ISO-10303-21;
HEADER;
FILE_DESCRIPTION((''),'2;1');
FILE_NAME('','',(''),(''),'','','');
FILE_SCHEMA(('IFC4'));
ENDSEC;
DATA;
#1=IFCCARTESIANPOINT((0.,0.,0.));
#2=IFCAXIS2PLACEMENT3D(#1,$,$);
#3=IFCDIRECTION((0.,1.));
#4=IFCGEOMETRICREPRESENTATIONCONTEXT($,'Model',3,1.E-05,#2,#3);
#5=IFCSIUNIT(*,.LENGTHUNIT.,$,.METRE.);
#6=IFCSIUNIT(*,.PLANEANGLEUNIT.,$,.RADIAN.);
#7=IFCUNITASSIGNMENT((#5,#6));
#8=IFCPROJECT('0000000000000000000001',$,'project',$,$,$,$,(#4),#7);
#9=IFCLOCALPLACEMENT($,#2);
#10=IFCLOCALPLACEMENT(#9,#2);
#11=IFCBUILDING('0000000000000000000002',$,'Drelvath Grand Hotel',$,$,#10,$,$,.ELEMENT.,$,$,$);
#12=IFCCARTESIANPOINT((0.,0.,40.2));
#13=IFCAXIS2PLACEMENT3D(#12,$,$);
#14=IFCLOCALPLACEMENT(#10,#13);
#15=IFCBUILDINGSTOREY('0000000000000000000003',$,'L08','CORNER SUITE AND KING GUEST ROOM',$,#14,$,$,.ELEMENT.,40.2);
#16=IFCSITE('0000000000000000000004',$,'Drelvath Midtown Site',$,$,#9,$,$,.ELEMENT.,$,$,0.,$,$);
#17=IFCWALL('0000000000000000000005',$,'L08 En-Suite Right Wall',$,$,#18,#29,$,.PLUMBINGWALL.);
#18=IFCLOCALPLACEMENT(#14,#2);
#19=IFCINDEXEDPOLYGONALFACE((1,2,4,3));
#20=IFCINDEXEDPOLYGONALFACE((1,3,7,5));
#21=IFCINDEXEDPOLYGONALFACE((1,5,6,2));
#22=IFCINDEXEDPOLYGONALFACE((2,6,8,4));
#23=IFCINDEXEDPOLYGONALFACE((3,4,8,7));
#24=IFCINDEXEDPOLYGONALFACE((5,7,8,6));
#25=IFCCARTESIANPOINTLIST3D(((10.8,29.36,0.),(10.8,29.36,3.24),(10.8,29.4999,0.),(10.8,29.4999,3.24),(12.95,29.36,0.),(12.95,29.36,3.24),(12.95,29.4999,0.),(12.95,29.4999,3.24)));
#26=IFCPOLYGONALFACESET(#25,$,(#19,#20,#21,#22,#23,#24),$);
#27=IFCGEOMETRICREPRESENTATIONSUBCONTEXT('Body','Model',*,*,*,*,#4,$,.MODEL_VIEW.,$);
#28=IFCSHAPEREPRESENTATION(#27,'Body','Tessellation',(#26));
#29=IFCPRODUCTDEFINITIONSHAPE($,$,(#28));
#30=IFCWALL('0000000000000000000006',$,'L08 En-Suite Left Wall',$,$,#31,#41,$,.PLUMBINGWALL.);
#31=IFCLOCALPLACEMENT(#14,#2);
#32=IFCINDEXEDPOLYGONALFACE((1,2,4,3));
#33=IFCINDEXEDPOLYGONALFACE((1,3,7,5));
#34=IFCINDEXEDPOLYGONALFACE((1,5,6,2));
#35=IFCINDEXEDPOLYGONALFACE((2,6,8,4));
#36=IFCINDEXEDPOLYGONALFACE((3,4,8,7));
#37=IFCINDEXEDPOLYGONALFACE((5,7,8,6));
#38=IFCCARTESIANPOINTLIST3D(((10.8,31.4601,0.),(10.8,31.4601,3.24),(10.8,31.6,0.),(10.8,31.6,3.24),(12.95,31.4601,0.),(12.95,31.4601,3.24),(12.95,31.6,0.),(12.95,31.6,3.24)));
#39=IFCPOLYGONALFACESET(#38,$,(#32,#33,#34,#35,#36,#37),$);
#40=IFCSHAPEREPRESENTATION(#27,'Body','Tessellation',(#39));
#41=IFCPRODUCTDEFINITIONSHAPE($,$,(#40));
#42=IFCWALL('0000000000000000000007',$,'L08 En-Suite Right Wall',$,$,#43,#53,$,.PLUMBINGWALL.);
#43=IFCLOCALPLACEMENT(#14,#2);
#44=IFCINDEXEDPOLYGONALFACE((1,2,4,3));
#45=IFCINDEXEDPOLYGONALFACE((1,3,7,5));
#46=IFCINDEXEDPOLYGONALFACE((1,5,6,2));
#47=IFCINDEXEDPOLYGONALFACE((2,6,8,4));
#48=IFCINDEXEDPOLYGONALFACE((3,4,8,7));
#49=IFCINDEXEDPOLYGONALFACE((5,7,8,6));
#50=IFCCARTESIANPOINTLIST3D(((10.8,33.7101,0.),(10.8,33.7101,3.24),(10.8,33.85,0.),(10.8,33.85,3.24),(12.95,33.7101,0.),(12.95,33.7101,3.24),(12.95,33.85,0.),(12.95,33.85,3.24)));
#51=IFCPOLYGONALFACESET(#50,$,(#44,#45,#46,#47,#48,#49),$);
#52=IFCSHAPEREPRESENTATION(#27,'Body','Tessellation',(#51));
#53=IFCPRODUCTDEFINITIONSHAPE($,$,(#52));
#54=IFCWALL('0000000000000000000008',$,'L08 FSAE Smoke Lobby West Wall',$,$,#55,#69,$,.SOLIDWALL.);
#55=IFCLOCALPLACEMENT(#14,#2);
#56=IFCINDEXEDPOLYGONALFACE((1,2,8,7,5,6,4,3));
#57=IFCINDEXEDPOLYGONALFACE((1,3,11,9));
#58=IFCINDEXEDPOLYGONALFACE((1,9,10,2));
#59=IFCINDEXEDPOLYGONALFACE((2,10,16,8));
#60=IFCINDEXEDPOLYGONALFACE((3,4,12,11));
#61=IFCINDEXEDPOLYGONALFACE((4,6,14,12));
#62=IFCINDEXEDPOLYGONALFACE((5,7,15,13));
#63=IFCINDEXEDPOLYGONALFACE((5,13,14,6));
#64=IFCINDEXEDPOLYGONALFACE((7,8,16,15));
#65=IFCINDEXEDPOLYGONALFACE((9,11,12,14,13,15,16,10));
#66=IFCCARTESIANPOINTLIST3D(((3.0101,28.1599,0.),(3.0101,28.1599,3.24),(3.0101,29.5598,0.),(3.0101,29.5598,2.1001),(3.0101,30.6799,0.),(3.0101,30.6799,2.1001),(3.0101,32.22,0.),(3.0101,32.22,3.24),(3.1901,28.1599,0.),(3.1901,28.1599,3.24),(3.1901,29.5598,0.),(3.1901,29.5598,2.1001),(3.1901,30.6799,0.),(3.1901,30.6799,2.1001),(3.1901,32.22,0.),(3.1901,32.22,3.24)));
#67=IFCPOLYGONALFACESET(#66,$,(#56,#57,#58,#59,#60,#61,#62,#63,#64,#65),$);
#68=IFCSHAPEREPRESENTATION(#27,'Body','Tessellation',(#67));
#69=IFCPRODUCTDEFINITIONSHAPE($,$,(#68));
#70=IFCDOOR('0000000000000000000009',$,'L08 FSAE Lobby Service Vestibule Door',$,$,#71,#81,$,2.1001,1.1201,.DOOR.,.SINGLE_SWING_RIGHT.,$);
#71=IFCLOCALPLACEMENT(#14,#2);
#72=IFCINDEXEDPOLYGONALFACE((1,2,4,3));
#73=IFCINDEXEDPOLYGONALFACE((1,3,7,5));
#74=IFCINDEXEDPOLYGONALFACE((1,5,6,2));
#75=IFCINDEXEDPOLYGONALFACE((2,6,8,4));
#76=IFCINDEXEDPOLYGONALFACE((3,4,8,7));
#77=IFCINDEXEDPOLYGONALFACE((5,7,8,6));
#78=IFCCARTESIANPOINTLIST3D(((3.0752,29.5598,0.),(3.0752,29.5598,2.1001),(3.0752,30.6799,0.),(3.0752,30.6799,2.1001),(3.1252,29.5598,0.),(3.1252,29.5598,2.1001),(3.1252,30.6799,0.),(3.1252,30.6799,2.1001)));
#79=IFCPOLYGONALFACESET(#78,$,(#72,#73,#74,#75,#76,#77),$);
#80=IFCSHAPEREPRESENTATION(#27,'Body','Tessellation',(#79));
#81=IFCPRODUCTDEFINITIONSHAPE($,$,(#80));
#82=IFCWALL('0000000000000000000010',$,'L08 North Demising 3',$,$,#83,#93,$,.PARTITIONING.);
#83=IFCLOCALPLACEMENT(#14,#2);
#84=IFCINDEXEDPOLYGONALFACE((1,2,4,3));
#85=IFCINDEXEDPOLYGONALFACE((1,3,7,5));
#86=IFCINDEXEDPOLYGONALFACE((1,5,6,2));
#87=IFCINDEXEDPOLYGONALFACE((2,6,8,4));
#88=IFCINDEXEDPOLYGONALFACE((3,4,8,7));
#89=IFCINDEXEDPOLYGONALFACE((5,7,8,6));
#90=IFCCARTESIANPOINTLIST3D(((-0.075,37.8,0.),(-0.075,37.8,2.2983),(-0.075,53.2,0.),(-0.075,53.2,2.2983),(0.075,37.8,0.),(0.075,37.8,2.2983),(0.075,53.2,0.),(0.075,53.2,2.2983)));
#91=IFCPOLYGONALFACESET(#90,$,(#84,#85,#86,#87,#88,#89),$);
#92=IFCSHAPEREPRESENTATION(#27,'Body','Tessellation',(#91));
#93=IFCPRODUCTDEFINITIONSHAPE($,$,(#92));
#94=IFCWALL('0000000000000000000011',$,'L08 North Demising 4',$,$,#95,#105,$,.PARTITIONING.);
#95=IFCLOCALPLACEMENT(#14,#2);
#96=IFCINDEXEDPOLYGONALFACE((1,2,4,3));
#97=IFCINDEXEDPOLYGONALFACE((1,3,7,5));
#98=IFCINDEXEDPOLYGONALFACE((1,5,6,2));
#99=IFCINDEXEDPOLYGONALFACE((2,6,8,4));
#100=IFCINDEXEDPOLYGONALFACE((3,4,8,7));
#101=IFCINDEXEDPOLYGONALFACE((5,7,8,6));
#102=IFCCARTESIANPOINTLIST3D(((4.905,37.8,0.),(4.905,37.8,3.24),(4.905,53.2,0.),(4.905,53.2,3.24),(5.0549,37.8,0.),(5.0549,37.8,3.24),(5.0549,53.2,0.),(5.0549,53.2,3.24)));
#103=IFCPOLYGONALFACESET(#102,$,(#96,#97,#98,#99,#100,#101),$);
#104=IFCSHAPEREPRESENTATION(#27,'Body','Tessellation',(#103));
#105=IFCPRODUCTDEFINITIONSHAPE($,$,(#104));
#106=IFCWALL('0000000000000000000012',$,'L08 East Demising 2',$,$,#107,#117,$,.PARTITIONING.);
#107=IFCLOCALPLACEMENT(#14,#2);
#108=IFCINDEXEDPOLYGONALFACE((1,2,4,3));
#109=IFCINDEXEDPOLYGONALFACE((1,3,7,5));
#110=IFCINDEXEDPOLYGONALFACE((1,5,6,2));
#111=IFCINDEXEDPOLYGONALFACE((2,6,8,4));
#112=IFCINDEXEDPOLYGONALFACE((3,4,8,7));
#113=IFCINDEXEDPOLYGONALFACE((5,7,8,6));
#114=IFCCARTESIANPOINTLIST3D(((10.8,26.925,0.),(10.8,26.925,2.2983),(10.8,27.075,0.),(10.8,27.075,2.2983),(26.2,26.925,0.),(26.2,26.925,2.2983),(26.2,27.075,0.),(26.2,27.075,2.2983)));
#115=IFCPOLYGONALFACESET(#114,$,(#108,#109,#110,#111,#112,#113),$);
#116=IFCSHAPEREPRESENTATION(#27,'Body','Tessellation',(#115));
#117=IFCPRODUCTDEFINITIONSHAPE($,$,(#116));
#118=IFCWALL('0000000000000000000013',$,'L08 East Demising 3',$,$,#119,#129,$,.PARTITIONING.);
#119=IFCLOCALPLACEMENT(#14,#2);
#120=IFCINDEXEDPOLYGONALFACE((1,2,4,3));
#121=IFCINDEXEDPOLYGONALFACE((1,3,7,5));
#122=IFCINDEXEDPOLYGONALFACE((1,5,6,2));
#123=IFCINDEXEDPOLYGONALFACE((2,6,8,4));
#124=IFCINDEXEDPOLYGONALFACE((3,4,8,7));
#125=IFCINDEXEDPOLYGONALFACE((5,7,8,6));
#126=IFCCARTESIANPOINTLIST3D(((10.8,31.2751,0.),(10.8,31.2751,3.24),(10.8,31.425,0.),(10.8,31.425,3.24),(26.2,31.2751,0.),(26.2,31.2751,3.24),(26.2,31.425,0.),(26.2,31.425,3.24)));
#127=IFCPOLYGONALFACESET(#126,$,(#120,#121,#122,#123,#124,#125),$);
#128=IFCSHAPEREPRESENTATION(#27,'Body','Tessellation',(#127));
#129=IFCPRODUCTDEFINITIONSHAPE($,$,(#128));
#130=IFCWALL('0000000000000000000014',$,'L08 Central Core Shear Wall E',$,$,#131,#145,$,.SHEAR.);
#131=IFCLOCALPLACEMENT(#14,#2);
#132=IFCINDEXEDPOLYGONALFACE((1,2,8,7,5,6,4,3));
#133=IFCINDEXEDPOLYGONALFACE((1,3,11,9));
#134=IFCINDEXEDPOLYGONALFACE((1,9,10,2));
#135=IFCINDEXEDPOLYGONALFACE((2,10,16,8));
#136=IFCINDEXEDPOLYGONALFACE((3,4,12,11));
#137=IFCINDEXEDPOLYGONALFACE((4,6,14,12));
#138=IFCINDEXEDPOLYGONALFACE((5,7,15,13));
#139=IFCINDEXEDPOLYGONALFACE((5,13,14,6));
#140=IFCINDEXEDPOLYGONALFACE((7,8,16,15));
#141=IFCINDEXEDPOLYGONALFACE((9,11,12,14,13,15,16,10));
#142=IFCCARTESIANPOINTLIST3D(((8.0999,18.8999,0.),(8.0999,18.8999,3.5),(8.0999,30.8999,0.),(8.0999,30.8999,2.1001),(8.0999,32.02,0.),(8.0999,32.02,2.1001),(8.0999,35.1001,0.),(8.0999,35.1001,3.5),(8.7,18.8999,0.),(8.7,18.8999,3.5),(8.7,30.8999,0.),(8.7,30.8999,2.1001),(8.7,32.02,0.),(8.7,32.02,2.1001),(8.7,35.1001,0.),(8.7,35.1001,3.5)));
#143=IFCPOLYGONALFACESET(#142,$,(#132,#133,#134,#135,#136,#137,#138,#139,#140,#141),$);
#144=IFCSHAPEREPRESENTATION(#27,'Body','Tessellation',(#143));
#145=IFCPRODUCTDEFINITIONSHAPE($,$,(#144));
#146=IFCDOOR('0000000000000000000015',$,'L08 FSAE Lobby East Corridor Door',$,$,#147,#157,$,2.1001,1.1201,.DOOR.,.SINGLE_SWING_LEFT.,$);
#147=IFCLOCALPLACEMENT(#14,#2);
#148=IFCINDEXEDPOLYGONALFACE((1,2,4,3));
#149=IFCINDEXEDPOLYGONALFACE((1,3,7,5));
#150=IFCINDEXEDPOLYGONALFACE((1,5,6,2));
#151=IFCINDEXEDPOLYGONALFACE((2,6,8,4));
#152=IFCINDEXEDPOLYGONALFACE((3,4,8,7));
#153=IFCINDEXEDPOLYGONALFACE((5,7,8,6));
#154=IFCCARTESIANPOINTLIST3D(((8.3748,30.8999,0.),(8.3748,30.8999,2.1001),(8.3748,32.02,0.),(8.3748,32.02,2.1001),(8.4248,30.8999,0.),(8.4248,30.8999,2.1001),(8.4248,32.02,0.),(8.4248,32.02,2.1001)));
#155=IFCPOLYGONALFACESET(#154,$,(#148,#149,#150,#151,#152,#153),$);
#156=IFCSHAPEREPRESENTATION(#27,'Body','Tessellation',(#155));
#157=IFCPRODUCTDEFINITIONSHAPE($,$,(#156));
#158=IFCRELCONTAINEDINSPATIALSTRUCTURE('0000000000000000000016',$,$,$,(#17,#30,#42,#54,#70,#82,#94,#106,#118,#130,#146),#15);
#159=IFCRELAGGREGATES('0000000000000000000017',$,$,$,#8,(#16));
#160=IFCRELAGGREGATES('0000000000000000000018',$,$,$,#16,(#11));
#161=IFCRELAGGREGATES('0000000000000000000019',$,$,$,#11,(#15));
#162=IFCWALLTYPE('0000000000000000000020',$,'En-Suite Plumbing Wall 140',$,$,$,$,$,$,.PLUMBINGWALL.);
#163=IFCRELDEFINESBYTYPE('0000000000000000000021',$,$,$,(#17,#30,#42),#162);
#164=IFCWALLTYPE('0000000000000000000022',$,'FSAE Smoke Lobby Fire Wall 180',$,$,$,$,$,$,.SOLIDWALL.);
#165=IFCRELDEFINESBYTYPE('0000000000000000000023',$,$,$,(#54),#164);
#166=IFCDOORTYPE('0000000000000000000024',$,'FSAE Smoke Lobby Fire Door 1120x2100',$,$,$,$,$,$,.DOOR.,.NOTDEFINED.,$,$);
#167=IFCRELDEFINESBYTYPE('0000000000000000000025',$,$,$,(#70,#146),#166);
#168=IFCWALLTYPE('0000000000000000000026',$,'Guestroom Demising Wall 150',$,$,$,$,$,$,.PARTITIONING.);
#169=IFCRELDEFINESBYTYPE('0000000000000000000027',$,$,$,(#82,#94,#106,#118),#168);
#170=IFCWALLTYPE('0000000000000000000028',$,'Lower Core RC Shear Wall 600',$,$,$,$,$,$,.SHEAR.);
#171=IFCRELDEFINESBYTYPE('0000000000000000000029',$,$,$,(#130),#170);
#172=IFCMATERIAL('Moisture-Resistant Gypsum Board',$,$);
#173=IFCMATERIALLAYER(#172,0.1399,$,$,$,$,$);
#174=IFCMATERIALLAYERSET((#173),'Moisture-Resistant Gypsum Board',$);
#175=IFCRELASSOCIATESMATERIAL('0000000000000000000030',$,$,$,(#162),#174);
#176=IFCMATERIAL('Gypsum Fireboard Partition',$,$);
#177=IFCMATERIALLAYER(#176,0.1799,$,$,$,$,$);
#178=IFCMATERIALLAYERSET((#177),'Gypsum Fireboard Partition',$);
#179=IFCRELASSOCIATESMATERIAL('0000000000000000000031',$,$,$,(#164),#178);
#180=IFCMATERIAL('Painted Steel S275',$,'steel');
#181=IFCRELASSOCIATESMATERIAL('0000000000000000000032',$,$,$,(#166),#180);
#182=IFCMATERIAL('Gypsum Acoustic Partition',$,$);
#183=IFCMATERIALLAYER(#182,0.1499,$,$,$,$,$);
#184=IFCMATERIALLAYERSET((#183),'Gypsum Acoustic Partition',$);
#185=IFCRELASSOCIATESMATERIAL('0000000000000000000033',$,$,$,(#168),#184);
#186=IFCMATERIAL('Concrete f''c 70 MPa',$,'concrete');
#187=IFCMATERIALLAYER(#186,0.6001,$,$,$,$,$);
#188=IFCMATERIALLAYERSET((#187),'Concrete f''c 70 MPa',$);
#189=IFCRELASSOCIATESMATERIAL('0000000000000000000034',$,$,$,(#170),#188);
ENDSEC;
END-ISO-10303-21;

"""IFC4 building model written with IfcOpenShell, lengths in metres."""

from ifc_helpers import new_model, si_unit, direction, frame, frame_2d, origin, place, context, subcontext, project, spatial, rectangle, extrude, material, layer, layer_set, type_object, element, fill, save


model = new_model("IFC4")

# Units and contexts
model_context = context("Model", 3, precision=1e-05, world=origin(), true_north=direction((0.0, 1.0)))
body_context = subcontext(model_context, "Body", "Model", "MODEL_VIEW")
ifc_project = project(units=[si_unit("LENGTHUNIT", "METRE"), si_unit("PLANEANGLEUNIT", "RADIAN")], contexts=[model_context])

# Site, building, storey
site_placement = place(None, origin())
site = spatial("IfcSite", under=ifc_project, at=site_placement, Name="Drelvath Midtown Site", CompositionType="ELEMENT", RefElevation=0.0)
building_placement = place(site_placement, origin())
building = spatial("IfcBuilding", under=site, at=building_placement, Name="Drelvath Grand Hotel", CompositionType="ELEMENT")
storey_placement = place(building_placement, frame((0.0, 0.0, 40.2)))
storey = spatial("IfcBuildingStorey", under=building, at=storey_placement, Name="L08", Description="CORNER SUITE AND KING GUEST ROOM", CompositionType="ELEMENT", Elevation=40.2)

# Shared definitions
ifc_material_1 = material(Name="Concrete f'c 70 MPa", Category="concrete")

# Shared definitions
ifc_material_2 = material(Name="Painted Steel S275", Category="steel")

# Walls
ifc_material_3 = material(Name="Gypsum Fireboard Partition")
ifc_material_4 = material(Name="Moisture-Resistant Gypsum Board")
ifc_layer_1 = layer(ifc_material_4, 0.1399)
ifc_layer_set_1 = layer_set([ifc_layer_1], Name="Moisture-Resistant Gypsum Board")
wall_type_1 = type_object("IfcWallType", Name="En-Suite Plumbing Wall 140", PredefinedType="PLUMBINGWALL", material=ifc_layer_set_1)
for number, where, z_axis, x_axis, name in (
    (1, (10.8, 29.4299, 0.0), (0.0, 0.0, 1.0), (1.0, 0.0, 0.0), "L08 En-Suite Right Wall"),
    (2, (10.8, 31.53, 0.0), (0.0, 0.0, 1.0), (1.0, 0.0, 0.0), "L08 En-Suite Left Wall"),
    (3, (10.8, 33.78, 0.0), (0.0, 0.0, 1.0), (1.0, 0.0, 0.0), "L08 En-Suite Right Wall"),
):
    element("IfcWall", number, at=place(storey_placement, frame(where, z_axis=z_axis, x_axis=x_axis)), inside=storey, type_object=wall_type_1, Name=name, PredefinedType="PLUMBINGWALL", context=body_context, shape_type="SweptSolid", body=[
        extrude(rectangle(XDim=2.1499, YDim=0.1399, at=frame_2d((1.075, 0.0))), origin(), (0.0, 0.0, 1.0), 3.24),
    ])

# Wall, opening, door
ifc_layer_2 = layer(ifc_material_3, 0.1799)
ifc_layer_set_2 = layer_set([ifc_layer_2], Name="Gypsum Fireboard Partition")
wall_type_2 = type_object("IfcWallType", Name="FSAE Smoke Lobby Fire Wall 180", PredefinedType="SOLIDWALL", material=ifc_layer_set_2)
wall_1_placement = place(storey_placement, frame((3.1001, 28.1599, 0.0), z_axis=(0.0, 0.0, 1.0), x_axis=(0.0, 1.0, 0.0)))
wall_1 = element("IfcWall", 4, at=wall_1_placement, inside=storey, type_object=wall_type_2, Name="L08 FSAE Smoke Lobby West Wall", PredefinedType="SOLIDWALL", context=body_context, shape_type="SweptSolid", body=[
    extrude(rectangle(XDim=4.0601, YDim=0.1799, at=frame_2d((2.03, 0.0))), origin(), (0.0, 0.0, 1.0), 3.24),
])
opening_1_placement = place(wall_1_placement, frame((1.3999, 0.0, 0.0)))
opening_1 = element("IfcOpeningElement", 5, at=opening_1_placement, cuts=wall_1, PredefinedType="OPENING", context=body_context, shape_type="SweptSolid", body=[
    extrude(rectangle(XDim=1.1201, YDim=2.1001, at=frame_2d((0.5601, 1.05))), frame((0.0, 0.0999, 0.0), z_axis=(0.0, -1.0, 0.0), x_axis=(1.0, 0.0, 0.0)), (0.0, 0.0, 1.0), 0.2),
])
door_type_1 = type_object("IfcDoorType", Name="FSAE Smoke Lobby Fire Door 1120x2100", OperationType="NOTDEFINED", PredefinedType="DOOR", material=ifc_material_2)
door_1_placement = place(opening_1_placement, origin())
door_1 = element("IfcDoor", 6, at=door_1_placement, inside=storey, type_object=door_type_1, Name="L08 FSAE Lobby Service Vestibule Door", OperationType="SINGLE_SWING_RIGHT", OverallHeight=2.1001, OverallWidth=1.1201, PredefinedType="DOOR", context=body_context, shape_type="SweptSolid", body=[
    extrude(rectangle(XDim=1.1201, YDim=2.1001, at=frame_2d((0.5601, 1.05))), frame((0.0, 0.0249, 0.0), z_axis=(0.0, -1.0, 0.0), x_axis=(1.0, 0.0, 0.0)), (0.0, 0.0, 1.0), 0.05),
])
fill(opening_1, door_1)

# Walls
ifc_material_5 = material(Name="Gypsum Acoustic Partition")
ifc_layer_3 = layer(ifc_material_5, 0.1499)
ifc_layer_set_3 = layer_set([ifc_layer_3], Name="Gypsum Acoustic Partition")
wall_type_3 = type_object("IfcWallType", Name="Guestroom Demising Wall 150", PredefinedType="PARTITIONING", material=ifc_layer_set_3)
wall_2_placement = place(storey_placement, frame((0.0, 37.8, 0.0), z_axis=(0.0, 0.0, 1.0), x_axis=(0.0, 1.0, 0.0)))
element("IfcWall", 7, at=wall_2_placement, inside=storey, type_object=wall_type_3, Name="L08 North Demising 3", PredefinedType="PARTITIONING", context=body_context, shape_type="SweptSolid", body=[
    extrude(rectangle(XDim=15.3999, YDim=0.1499, at=frame_2d((7.7, 0.0))), origin(), (0.0, 0.0, 1.0), 2.2983),
])
wall_3_placement = place(storey_placement, frame((4.98, 37.8, 0.0), z_axis=(0.0, 0.0, 1.0), x_axis=(0.0, 1.0, 0.0)))
element("IfcWall", 8, at=wall_3_placement, inside=storey, type_object=wall_type_3, Name="L08 North Demising 4", PredefinedType="PARTITIONING", context=body_context, shape_type="SweptSolid", body=[
    extrude(rectangle(XDim=15.3999, YDim=0.1499, at=frame_2d((7.7, 0.0))), origin(), (0.0, 0.0, 1.0), 3.24),
])
wall_4_placement = place(storey_placement, frame((10.8, 27.0, 0.0), z_axis=(0.0, 0.0, 1.0), x_axis=(1.0, 0.0, 0.0)))
element("IfcWall", 9, at=wall_4_placement, inside=storey, type_object=wall_type_3, Name="L08 East Demising 2", PredefinedType="PARTITIONING", context=body_context, shape_type="SweptSolid", body=[
    extrude(rectangle(XDim=15.3999, YDim=0.1499, at=frame_2d((7.7, 0.0))), origin(), (0.0, 0.0, 1.0), 2.2983),
])
wall_5_placement = place(storey_placement, frame((10.8, 31.3501, 0.0), z_axis=(0.0, 0.0, 1.0), x_axis=(1.0, 0.0, 0.0)))
element("IfcWall", 10, at=wall_5_placement, inside=storey, type_object=wall_type_3, Name="L08 East Demising 3", PredefinedType="PARTITIONING", context=body_context, shape_type="SweptSolid", body=[
    extrude(rectangle(XDim=15.3999, YDim=0.1499, at=frame_2d((7.7, 0.0))), origin(), (0.0, 0.0, 1.0), 3.24),
])

# Wall, opening, door
ifc_layer_4 = layer(ifc_material_1, 0.6001)
ifc_layer_set_4 = layer_set([ifc_layer_4], Name="Concrete f'c 70 MPa")
wall_type_4 = type_object("IfcWallType", Name="Lower Core RC Shear Wall 600", PredefinedType="SHEAR", material=ifc_layer_set_4)
wall_6_placement = place(storey_placement, frame((8.3999, 35.1001, 0.0), z_axis=(0.0, 0.0, 1.0), x_axis=(0.0, -1.0, 0.0)))
wall_6 = element("IfcWall", 11, at=wall_6_placement, inside=storey, type_object=wall_type_4, Name="L08 Central Core Shear Wall E", PredefinedType="SHEAR", context=body_context, shape_type="SweptSolid", body=[
    extrude(rectangle(XDim=16.2002, YDim=0.6001, at=frame_2d((8.1001, 0.0))), origin(), (0.0, 0.0, 1.0), 3.5),
])
opening_2_placement = place(wall_6_placement, frame((3.0801, 0.0, 0.0)))
opening_2 = element("IfcOpeningElement", 12, at=opening_2_placement, cuts=wall_6, PredefinedType="OPENING", context=body_context, shape_type="SweptSolid", body=[
    extrude(rectangle(XDim=1.1201, YDim=2.1001, at=frame_2d((0.5601, 1.05))), frame((0.0, 0.3101, 0.0), z_axis=(0.0, -1.0, 0.0), x_axis=(1.0, 0.0, 0.0)), (0.0, 0.0, 1.0), 0.6201),
])
door_2_placement = place(opening_2_placement, origin())
door_2 = element("IfcDoor", 13, at=door_2_placement, inside=storey, type_object=door_type_1, Name="L08 FSAE Lobby East Corridor Door", OperationType="SINGLE_SWING_LEFT", OverallHeight=2.1001, OverallWidth=1.1201, PredefinedType="DOOR", context=body_context, shape_type="SweptSolid", body=[
    extrude(rectangle(XDim=1.1201, YDim=2.1001, at=frame_2d((0.5601, 1.05))), frame((0.0, 0.0249, 0.0), z_axis=(0.0, -1.0, 0.0), x_axis=(1.0, 0.0, 0.0)), (0.0, 0.0, 1.0), 0.05),
])
fill(opening_2, door_2)

save(model, "model.ifc")
